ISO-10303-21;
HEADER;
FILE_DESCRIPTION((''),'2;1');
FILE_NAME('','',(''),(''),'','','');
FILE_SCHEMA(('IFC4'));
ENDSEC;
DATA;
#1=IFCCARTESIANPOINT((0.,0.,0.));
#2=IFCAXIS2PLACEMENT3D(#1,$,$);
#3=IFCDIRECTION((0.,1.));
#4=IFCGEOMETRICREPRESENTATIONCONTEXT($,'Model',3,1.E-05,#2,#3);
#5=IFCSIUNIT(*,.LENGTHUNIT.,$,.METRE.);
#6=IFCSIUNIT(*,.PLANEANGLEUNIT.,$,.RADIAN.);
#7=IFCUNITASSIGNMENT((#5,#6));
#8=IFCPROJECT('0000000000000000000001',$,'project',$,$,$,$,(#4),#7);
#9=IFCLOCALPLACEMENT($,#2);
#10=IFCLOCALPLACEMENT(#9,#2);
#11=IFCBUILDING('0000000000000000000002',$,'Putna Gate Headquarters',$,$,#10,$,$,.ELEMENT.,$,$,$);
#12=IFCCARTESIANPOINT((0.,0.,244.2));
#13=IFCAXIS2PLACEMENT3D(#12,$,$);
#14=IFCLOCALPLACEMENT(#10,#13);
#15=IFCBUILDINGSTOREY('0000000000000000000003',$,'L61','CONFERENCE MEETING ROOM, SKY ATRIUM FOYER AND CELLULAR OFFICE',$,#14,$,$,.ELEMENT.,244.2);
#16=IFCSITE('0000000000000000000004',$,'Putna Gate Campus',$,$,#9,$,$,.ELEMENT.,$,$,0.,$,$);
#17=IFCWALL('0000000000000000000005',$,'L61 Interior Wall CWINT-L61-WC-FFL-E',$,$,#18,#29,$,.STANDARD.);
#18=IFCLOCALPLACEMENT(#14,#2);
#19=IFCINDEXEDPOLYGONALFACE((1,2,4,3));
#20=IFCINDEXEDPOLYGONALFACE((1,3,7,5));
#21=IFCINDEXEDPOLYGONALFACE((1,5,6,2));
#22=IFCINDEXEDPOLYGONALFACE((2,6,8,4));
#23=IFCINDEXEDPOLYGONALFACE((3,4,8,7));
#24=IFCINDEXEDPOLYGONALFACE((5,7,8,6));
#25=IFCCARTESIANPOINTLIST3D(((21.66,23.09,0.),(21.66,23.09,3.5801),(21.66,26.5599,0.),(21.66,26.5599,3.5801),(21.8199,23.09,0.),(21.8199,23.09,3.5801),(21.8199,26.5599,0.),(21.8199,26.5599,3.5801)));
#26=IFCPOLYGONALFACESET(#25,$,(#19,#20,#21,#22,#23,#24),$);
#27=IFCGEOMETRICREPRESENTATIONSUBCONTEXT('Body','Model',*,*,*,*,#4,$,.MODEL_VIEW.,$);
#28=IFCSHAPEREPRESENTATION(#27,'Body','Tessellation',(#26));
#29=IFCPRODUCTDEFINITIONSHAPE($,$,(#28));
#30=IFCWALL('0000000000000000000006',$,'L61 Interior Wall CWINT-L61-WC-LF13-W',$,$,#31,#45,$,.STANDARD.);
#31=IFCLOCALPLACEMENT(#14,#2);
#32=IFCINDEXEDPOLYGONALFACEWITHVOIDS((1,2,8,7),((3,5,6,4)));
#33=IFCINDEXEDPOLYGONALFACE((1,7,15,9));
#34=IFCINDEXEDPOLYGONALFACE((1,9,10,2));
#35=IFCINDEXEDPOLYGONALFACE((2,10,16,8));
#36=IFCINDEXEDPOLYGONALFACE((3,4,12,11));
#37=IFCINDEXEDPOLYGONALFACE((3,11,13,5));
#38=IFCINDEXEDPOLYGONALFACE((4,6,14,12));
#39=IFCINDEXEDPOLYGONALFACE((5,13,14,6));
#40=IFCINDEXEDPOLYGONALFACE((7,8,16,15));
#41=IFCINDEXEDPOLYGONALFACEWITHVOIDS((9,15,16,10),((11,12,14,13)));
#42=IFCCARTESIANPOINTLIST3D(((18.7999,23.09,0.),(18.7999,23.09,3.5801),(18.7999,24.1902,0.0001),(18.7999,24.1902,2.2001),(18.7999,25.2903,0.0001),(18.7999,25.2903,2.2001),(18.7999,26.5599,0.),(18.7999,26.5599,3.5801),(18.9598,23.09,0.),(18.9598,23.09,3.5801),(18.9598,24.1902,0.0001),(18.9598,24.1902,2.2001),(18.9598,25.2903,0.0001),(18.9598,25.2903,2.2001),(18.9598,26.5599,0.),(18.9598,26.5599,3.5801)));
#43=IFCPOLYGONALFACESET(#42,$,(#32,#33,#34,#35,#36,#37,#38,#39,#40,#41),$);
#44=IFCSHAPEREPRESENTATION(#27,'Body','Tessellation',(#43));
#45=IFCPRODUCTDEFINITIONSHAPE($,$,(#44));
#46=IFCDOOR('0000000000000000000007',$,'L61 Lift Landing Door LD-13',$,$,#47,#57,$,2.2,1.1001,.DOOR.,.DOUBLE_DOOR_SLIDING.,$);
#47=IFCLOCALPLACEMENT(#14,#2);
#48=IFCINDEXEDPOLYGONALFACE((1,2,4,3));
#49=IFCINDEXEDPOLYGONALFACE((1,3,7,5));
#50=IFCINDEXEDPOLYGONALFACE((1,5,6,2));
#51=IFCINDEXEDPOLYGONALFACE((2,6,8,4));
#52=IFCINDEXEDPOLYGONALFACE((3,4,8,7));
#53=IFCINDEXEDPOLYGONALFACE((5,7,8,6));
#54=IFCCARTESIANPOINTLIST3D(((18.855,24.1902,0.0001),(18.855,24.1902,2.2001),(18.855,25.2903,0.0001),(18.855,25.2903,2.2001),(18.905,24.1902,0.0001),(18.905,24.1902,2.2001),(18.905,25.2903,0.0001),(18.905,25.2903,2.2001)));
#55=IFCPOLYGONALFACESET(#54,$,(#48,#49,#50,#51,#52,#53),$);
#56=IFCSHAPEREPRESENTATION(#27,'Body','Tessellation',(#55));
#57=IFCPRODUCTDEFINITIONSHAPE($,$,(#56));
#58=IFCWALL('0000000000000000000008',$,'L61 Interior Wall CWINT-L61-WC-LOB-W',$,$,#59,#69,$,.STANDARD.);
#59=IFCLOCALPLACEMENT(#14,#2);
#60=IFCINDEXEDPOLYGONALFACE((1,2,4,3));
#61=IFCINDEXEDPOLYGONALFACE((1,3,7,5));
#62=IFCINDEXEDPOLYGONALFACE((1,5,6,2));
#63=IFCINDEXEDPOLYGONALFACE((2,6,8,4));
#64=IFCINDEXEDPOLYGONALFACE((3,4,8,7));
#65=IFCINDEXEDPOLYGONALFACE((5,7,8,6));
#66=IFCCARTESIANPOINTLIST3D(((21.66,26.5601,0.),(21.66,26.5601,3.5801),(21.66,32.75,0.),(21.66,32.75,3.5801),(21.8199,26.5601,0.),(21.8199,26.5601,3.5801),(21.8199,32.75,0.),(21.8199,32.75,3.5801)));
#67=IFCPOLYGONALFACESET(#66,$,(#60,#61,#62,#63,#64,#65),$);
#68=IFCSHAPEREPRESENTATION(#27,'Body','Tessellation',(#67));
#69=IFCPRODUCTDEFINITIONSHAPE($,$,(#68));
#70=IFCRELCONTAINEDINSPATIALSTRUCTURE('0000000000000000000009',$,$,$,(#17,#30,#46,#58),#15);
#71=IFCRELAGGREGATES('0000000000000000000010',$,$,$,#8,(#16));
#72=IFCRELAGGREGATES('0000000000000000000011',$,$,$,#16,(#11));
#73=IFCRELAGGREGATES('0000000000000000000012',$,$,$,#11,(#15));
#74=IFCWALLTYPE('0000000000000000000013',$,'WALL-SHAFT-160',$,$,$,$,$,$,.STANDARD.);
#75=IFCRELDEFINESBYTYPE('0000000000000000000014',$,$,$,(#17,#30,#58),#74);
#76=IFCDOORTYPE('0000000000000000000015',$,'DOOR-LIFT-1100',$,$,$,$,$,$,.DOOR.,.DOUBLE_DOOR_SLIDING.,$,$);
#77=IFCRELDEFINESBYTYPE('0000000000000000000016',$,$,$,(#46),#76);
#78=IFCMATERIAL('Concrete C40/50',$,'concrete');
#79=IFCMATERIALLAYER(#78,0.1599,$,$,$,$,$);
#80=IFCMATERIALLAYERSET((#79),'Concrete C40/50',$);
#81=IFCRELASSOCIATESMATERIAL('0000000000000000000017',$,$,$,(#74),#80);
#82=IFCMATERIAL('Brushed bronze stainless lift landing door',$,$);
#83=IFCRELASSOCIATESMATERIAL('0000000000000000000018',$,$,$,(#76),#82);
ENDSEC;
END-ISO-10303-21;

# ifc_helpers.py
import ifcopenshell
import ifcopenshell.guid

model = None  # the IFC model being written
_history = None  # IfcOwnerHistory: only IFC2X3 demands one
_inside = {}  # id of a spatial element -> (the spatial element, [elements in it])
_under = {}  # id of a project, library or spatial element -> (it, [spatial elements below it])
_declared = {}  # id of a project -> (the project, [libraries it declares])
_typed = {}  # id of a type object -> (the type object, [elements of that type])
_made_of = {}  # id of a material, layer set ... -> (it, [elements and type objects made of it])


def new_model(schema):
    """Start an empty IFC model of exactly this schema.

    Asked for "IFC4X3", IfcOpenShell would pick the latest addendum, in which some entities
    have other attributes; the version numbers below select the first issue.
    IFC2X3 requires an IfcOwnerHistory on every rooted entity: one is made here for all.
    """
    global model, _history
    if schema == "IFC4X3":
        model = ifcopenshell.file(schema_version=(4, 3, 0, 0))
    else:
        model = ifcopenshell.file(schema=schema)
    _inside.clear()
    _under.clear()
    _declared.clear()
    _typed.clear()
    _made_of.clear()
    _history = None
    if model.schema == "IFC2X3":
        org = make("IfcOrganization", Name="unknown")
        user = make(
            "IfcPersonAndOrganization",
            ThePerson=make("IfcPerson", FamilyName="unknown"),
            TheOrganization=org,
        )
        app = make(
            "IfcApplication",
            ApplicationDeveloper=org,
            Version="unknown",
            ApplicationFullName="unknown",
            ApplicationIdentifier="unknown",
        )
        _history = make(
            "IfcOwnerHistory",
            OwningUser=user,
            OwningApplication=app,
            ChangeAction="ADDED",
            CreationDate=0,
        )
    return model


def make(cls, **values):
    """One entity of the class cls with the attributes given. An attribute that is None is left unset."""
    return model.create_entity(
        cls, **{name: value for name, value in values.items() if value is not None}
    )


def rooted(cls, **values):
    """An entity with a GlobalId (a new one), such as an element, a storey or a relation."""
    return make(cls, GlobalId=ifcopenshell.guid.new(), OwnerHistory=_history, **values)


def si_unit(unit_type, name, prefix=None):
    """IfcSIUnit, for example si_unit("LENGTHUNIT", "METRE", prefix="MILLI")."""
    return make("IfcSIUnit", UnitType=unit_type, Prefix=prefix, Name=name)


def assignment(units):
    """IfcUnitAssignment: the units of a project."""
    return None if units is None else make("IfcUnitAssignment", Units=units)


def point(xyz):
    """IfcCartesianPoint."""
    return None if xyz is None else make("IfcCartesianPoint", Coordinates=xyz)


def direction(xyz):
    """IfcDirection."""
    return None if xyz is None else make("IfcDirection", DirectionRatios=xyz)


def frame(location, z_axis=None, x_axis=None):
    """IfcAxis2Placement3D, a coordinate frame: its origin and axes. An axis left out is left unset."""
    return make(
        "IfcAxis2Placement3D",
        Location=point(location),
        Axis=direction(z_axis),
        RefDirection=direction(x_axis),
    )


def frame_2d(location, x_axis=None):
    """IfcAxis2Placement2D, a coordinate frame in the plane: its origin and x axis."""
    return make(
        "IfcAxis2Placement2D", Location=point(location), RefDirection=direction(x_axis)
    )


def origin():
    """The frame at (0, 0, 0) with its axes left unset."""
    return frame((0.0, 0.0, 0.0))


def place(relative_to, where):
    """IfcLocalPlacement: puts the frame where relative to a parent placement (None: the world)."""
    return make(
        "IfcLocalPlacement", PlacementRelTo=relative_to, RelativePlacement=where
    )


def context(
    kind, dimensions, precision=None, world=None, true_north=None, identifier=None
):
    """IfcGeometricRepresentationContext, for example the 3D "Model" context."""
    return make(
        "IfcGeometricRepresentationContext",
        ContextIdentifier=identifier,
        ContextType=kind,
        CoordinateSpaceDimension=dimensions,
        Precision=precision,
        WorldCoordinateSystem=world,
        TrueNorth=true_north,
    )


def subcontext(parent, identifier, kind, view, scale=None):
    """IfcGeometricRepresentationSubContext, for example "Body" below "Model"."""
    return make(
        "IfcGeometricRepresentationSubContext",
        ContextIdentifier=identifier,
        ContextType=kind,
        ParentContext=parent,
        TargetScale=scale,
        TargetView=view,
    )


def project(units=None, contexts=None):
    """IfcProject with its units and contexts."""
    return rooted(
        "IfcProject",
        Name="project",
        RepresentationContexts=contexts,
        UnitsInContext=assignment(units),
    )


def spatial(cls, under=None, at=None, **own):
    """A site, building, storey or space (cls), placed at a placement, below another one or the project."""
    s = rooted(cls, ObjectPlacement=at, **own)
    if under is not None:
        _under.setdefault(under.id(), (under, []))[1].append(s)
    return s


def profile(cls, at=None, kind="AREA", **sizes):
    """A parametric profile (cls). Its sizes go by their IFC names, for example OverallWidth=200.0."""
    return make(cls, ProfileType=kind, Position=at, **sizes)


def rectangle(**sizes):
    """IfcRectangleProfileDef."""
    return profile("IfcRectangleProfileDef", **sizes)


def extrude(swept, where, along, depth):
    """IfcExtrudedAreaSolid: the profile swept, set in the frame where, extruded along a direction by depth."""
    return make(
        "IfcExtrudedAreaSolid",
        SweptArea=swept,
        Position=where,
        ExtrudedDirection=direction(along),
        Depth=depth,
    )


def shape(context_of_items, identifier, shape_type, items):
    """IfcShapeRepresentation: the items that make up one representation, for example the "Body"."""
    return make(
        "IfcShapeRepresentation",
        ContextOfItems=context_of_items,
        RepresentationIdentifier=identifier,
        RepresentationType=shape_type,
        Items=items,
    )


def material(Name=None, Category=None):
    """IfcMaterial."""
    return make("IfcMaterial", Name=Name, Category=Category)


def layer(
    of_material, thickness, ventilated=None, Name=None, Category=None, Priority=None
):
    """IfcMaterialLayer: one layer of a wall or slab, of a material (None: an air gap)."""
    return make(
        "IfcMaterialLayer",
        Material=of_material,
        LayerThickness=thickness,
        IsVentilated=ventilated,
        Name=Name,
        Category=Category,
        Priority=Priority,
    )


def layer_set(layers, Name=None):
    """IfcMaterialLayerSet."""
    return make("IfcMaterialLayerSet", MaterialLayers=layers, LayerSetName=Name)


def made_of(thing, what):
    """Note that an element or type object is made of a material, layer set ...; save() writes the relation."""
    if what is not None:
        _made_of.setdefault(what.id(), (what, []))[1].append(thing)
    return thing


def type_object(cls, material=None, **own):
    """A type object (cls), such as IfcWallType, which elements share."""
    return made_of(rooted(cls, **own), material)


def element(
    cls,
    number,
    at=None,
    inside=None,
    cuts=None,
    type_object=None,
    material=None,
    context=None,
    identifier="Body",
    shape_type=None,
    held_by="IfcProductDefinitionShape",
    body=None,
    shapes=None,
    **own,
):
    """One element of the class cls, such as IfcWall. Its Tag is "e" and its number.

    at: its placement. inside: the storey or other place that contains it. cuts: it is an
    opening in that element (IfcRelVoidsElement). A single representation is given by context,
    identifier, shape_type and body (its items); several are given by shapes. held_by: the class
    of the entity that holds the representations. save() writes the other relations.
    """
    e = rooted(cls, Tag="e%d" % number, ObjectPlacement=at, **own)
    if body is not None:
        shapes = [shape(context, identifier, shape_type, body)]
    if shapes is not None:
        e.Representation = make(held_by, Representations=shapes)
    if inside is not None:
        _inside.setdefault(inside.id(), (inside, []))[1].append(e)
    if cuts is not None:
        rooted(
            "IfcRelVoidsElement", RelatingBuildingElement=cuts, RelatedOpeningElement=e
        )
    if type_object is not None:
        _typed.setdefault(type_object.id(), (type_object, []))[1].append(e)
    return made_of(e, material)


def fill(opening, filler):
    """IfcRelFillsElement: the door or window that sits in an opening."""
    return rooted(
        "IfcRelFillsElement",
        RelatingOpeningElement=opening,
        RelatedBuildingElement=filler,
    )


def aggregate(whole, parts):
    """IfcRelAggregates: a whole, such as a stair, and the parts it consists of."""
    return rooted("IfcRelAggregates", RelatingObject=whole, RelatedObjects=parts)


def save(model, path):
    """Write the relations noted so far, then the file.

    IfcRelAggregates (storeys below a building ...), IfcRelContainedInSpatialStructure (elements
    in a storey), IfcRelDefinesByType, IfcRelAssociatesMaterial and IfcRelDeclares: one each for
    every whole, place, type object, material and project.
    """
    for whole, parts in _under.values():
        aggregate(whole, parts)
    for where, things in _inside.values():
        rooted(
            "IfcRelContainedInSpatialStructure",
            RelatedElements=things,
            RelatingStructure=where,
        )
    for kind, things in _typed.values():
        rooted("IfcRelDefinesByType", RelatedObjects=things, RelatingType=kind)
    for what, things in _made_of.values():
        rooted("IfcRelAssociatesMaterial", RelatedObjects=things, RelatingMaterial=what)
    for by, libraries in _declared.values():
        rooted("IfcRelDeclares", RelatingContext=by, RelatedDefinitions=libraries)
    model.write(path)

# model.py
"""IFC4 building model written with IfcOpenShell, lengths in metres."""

from ifc_helpers import new_model, si_unit, direction, frame, frame_2d, origin, place, context, subcontext, project, spatial, rectangle, extrude, material, layer, layer_set, type_object, element, fill, save


model = new_model("IFC4")

# Units and contexts
model_context = context("Model", 3, precision=1e-05, world=origin(), true_north=direction((0.0, 1.0)))
body_context = subcontext(model_context, "Body", "Model", "MODEL_VIEW")
ifc_project = project(units=[si_unit("LENGTHUNIT", "METRE"), si_unit("PLANEANGLEUNIT", "RADIAN")], contexts=[model_context])

# Site, building, storey
site_placement = place(None, origin())
site = spatial("IfcSite", under=ifc_project, at=site_placement, Name="Putna Gate Campus", CompositionType="ELEMENT", RefElevation=0.0)
building_placement = place(site_placement, origin())
building = spatial("IfcBuilding", under=site, at=building_placement, Name="Putna Gate Headquarters", CompositionType="ELEMENT")
storey_placement = place(building_placement, frame((0.0, 0.0, 244.2)))
storey = spatial("IfcBuildingStorey", under=building, at=storey_placement, Name="L61", Description="CONFERENCE MEETING ROOM, SKY ATRIUM FOYER AND CELLULAR OFFICE", CompositionType="ELEMENT", Elevation=244.2)

# Wall
ifc_material_1 = material(Name="Concrete C40/50", Category="concrete")
ifc_layer_1 = layer(ifc_material_1, 0.1599)
ifc_layer_set_1 = layer_set([ifc_layer_1], Name="Concrete C40/50")
wall_type_1 = type_object("IfcWallType", Name="WALL-SHAFT-160", PredefinedType="STANDARD", material=ifc_layer_set_1)
wall_1_placement = place(storey_placement, frame((21.74, 23.0901, 0.0), z_axis=(0.0, 0.0, 1.0), x_axis=(0.0, 1.0, 0.0)))
element("IfcWall", 1, at=wall_1_placement, inside=storey, type_object=wall_type_1, Name="L61 Interior Wall CWINT-L61-WC-FFL-E", PredefinedType="STANDARD", context=body_context, shape_type="SweptSolid", body=[
    extrude(rectangle(XDim=3.47, YDim=0.1599, at=frame_2d((1.7349, 0.0))), origin(), (0.0, 0.0, 1.0), 3.5801),
])

# Wall, opening, door
wall_2_placement = place(storey_placement, frame((18.8799, 23.0901, 0.0), z_axis=(0.0, 0.0, 1.0), x_axis=(0.0, 1.0, 0.0)))
wall_2 = element("IfcWall", 2, at=wall_2_placement, inside=storey, type_object=wall_type_1, Name="L61 Interior Wall CWINT-L61-WC-LF13-W", PredefinedType="STANDARD", context=body_context, shape_type="SweptSolid", body=[
    extrude(rectangle(XDim=3.47, YDim=0.1599, at=frame_2d((1.7349, 0.0))), origin(), (0.0, 0.0, 1.0), 3.5801),
])
opening_1_placement = place(wall_2_placement, frame((1.1001, 0.0, 0.0)))
opening_1 = element("IfcOpeningElement", 3, at=opening_1_placement, cuts=wall_2, PredefinedType="OPENING", context=body_context, shape_type="SweptSolid", body=[
    extrude(rectangle(XDim=1.1001, YDim=2.2, at=frame_2d((0.55, 1.1001))), frame((0.0, 0.0898, 0.0), z_axis=(0.0, -1.0, 0.0), x_axis=(1.0, 0.0, 0.0)), (0.0, 0.0, 1.0), 0.1799),
])
ifc_material_2 = material(Name="Brushed bronze stainless lift landing door")
door_type_1 = type_object("IfcDoorType", Name="DOOR-LIFT-1100", OperationType="DOUBLE_DOOR_SLIDING", PredefinedType="DOOR", material=ifc_material_2)
door_1_placement = place(opening_1_placement, origin())
door_1 = element("IfcDoor", 4, at=door_1_placement, inside=storey, type_object=door_type_1, Name="L61 Lift Landing Door LD-13", OperationType="DOUBLE_DOOR_SLIDING", OverallHeight=2.2, OverallWidth=1.1001, PredefinedType="DOOR", context=body_context, shape_type="SweptSolid", body=[
    extrude(rectangle(XDim=1.1001, YDim=2.2, at=frame_2d((0.55, 1.1001))), frame((0.0, 0.0249, 0.0), z_axis=(0.0, -1.0, 0.0), x_axis=(1.0, 0.0, 0.0)), (0.0, 0.0, 1.0), 0.05),
])
fill(opening_1, door_1)

# Wall
wall_3_placement = place(storey_placement, frame((21.74, 26.5601, 0.0), z_axis=(0.0, 0.0, 1.0), x_axis=(0.0, 1.0, 0.0)))
element("IfcWall", 5, at=wall_3_placement, inside=storey, type_object=wall_type_1, Name="L61 Interior Wall CWINT-L61-WC-LOB-W", PredefinedType="STANDARD", context=body_context, shape_type="SweptSolid", body=[
    extrude(rectangle(XDim=6.1899, YDim=0.1599, at=frame_2d((3.095, 0.0))), origin(), (0.0, 0.0, 1.0), 3.5801),
])

save(model, "model.ifc")
